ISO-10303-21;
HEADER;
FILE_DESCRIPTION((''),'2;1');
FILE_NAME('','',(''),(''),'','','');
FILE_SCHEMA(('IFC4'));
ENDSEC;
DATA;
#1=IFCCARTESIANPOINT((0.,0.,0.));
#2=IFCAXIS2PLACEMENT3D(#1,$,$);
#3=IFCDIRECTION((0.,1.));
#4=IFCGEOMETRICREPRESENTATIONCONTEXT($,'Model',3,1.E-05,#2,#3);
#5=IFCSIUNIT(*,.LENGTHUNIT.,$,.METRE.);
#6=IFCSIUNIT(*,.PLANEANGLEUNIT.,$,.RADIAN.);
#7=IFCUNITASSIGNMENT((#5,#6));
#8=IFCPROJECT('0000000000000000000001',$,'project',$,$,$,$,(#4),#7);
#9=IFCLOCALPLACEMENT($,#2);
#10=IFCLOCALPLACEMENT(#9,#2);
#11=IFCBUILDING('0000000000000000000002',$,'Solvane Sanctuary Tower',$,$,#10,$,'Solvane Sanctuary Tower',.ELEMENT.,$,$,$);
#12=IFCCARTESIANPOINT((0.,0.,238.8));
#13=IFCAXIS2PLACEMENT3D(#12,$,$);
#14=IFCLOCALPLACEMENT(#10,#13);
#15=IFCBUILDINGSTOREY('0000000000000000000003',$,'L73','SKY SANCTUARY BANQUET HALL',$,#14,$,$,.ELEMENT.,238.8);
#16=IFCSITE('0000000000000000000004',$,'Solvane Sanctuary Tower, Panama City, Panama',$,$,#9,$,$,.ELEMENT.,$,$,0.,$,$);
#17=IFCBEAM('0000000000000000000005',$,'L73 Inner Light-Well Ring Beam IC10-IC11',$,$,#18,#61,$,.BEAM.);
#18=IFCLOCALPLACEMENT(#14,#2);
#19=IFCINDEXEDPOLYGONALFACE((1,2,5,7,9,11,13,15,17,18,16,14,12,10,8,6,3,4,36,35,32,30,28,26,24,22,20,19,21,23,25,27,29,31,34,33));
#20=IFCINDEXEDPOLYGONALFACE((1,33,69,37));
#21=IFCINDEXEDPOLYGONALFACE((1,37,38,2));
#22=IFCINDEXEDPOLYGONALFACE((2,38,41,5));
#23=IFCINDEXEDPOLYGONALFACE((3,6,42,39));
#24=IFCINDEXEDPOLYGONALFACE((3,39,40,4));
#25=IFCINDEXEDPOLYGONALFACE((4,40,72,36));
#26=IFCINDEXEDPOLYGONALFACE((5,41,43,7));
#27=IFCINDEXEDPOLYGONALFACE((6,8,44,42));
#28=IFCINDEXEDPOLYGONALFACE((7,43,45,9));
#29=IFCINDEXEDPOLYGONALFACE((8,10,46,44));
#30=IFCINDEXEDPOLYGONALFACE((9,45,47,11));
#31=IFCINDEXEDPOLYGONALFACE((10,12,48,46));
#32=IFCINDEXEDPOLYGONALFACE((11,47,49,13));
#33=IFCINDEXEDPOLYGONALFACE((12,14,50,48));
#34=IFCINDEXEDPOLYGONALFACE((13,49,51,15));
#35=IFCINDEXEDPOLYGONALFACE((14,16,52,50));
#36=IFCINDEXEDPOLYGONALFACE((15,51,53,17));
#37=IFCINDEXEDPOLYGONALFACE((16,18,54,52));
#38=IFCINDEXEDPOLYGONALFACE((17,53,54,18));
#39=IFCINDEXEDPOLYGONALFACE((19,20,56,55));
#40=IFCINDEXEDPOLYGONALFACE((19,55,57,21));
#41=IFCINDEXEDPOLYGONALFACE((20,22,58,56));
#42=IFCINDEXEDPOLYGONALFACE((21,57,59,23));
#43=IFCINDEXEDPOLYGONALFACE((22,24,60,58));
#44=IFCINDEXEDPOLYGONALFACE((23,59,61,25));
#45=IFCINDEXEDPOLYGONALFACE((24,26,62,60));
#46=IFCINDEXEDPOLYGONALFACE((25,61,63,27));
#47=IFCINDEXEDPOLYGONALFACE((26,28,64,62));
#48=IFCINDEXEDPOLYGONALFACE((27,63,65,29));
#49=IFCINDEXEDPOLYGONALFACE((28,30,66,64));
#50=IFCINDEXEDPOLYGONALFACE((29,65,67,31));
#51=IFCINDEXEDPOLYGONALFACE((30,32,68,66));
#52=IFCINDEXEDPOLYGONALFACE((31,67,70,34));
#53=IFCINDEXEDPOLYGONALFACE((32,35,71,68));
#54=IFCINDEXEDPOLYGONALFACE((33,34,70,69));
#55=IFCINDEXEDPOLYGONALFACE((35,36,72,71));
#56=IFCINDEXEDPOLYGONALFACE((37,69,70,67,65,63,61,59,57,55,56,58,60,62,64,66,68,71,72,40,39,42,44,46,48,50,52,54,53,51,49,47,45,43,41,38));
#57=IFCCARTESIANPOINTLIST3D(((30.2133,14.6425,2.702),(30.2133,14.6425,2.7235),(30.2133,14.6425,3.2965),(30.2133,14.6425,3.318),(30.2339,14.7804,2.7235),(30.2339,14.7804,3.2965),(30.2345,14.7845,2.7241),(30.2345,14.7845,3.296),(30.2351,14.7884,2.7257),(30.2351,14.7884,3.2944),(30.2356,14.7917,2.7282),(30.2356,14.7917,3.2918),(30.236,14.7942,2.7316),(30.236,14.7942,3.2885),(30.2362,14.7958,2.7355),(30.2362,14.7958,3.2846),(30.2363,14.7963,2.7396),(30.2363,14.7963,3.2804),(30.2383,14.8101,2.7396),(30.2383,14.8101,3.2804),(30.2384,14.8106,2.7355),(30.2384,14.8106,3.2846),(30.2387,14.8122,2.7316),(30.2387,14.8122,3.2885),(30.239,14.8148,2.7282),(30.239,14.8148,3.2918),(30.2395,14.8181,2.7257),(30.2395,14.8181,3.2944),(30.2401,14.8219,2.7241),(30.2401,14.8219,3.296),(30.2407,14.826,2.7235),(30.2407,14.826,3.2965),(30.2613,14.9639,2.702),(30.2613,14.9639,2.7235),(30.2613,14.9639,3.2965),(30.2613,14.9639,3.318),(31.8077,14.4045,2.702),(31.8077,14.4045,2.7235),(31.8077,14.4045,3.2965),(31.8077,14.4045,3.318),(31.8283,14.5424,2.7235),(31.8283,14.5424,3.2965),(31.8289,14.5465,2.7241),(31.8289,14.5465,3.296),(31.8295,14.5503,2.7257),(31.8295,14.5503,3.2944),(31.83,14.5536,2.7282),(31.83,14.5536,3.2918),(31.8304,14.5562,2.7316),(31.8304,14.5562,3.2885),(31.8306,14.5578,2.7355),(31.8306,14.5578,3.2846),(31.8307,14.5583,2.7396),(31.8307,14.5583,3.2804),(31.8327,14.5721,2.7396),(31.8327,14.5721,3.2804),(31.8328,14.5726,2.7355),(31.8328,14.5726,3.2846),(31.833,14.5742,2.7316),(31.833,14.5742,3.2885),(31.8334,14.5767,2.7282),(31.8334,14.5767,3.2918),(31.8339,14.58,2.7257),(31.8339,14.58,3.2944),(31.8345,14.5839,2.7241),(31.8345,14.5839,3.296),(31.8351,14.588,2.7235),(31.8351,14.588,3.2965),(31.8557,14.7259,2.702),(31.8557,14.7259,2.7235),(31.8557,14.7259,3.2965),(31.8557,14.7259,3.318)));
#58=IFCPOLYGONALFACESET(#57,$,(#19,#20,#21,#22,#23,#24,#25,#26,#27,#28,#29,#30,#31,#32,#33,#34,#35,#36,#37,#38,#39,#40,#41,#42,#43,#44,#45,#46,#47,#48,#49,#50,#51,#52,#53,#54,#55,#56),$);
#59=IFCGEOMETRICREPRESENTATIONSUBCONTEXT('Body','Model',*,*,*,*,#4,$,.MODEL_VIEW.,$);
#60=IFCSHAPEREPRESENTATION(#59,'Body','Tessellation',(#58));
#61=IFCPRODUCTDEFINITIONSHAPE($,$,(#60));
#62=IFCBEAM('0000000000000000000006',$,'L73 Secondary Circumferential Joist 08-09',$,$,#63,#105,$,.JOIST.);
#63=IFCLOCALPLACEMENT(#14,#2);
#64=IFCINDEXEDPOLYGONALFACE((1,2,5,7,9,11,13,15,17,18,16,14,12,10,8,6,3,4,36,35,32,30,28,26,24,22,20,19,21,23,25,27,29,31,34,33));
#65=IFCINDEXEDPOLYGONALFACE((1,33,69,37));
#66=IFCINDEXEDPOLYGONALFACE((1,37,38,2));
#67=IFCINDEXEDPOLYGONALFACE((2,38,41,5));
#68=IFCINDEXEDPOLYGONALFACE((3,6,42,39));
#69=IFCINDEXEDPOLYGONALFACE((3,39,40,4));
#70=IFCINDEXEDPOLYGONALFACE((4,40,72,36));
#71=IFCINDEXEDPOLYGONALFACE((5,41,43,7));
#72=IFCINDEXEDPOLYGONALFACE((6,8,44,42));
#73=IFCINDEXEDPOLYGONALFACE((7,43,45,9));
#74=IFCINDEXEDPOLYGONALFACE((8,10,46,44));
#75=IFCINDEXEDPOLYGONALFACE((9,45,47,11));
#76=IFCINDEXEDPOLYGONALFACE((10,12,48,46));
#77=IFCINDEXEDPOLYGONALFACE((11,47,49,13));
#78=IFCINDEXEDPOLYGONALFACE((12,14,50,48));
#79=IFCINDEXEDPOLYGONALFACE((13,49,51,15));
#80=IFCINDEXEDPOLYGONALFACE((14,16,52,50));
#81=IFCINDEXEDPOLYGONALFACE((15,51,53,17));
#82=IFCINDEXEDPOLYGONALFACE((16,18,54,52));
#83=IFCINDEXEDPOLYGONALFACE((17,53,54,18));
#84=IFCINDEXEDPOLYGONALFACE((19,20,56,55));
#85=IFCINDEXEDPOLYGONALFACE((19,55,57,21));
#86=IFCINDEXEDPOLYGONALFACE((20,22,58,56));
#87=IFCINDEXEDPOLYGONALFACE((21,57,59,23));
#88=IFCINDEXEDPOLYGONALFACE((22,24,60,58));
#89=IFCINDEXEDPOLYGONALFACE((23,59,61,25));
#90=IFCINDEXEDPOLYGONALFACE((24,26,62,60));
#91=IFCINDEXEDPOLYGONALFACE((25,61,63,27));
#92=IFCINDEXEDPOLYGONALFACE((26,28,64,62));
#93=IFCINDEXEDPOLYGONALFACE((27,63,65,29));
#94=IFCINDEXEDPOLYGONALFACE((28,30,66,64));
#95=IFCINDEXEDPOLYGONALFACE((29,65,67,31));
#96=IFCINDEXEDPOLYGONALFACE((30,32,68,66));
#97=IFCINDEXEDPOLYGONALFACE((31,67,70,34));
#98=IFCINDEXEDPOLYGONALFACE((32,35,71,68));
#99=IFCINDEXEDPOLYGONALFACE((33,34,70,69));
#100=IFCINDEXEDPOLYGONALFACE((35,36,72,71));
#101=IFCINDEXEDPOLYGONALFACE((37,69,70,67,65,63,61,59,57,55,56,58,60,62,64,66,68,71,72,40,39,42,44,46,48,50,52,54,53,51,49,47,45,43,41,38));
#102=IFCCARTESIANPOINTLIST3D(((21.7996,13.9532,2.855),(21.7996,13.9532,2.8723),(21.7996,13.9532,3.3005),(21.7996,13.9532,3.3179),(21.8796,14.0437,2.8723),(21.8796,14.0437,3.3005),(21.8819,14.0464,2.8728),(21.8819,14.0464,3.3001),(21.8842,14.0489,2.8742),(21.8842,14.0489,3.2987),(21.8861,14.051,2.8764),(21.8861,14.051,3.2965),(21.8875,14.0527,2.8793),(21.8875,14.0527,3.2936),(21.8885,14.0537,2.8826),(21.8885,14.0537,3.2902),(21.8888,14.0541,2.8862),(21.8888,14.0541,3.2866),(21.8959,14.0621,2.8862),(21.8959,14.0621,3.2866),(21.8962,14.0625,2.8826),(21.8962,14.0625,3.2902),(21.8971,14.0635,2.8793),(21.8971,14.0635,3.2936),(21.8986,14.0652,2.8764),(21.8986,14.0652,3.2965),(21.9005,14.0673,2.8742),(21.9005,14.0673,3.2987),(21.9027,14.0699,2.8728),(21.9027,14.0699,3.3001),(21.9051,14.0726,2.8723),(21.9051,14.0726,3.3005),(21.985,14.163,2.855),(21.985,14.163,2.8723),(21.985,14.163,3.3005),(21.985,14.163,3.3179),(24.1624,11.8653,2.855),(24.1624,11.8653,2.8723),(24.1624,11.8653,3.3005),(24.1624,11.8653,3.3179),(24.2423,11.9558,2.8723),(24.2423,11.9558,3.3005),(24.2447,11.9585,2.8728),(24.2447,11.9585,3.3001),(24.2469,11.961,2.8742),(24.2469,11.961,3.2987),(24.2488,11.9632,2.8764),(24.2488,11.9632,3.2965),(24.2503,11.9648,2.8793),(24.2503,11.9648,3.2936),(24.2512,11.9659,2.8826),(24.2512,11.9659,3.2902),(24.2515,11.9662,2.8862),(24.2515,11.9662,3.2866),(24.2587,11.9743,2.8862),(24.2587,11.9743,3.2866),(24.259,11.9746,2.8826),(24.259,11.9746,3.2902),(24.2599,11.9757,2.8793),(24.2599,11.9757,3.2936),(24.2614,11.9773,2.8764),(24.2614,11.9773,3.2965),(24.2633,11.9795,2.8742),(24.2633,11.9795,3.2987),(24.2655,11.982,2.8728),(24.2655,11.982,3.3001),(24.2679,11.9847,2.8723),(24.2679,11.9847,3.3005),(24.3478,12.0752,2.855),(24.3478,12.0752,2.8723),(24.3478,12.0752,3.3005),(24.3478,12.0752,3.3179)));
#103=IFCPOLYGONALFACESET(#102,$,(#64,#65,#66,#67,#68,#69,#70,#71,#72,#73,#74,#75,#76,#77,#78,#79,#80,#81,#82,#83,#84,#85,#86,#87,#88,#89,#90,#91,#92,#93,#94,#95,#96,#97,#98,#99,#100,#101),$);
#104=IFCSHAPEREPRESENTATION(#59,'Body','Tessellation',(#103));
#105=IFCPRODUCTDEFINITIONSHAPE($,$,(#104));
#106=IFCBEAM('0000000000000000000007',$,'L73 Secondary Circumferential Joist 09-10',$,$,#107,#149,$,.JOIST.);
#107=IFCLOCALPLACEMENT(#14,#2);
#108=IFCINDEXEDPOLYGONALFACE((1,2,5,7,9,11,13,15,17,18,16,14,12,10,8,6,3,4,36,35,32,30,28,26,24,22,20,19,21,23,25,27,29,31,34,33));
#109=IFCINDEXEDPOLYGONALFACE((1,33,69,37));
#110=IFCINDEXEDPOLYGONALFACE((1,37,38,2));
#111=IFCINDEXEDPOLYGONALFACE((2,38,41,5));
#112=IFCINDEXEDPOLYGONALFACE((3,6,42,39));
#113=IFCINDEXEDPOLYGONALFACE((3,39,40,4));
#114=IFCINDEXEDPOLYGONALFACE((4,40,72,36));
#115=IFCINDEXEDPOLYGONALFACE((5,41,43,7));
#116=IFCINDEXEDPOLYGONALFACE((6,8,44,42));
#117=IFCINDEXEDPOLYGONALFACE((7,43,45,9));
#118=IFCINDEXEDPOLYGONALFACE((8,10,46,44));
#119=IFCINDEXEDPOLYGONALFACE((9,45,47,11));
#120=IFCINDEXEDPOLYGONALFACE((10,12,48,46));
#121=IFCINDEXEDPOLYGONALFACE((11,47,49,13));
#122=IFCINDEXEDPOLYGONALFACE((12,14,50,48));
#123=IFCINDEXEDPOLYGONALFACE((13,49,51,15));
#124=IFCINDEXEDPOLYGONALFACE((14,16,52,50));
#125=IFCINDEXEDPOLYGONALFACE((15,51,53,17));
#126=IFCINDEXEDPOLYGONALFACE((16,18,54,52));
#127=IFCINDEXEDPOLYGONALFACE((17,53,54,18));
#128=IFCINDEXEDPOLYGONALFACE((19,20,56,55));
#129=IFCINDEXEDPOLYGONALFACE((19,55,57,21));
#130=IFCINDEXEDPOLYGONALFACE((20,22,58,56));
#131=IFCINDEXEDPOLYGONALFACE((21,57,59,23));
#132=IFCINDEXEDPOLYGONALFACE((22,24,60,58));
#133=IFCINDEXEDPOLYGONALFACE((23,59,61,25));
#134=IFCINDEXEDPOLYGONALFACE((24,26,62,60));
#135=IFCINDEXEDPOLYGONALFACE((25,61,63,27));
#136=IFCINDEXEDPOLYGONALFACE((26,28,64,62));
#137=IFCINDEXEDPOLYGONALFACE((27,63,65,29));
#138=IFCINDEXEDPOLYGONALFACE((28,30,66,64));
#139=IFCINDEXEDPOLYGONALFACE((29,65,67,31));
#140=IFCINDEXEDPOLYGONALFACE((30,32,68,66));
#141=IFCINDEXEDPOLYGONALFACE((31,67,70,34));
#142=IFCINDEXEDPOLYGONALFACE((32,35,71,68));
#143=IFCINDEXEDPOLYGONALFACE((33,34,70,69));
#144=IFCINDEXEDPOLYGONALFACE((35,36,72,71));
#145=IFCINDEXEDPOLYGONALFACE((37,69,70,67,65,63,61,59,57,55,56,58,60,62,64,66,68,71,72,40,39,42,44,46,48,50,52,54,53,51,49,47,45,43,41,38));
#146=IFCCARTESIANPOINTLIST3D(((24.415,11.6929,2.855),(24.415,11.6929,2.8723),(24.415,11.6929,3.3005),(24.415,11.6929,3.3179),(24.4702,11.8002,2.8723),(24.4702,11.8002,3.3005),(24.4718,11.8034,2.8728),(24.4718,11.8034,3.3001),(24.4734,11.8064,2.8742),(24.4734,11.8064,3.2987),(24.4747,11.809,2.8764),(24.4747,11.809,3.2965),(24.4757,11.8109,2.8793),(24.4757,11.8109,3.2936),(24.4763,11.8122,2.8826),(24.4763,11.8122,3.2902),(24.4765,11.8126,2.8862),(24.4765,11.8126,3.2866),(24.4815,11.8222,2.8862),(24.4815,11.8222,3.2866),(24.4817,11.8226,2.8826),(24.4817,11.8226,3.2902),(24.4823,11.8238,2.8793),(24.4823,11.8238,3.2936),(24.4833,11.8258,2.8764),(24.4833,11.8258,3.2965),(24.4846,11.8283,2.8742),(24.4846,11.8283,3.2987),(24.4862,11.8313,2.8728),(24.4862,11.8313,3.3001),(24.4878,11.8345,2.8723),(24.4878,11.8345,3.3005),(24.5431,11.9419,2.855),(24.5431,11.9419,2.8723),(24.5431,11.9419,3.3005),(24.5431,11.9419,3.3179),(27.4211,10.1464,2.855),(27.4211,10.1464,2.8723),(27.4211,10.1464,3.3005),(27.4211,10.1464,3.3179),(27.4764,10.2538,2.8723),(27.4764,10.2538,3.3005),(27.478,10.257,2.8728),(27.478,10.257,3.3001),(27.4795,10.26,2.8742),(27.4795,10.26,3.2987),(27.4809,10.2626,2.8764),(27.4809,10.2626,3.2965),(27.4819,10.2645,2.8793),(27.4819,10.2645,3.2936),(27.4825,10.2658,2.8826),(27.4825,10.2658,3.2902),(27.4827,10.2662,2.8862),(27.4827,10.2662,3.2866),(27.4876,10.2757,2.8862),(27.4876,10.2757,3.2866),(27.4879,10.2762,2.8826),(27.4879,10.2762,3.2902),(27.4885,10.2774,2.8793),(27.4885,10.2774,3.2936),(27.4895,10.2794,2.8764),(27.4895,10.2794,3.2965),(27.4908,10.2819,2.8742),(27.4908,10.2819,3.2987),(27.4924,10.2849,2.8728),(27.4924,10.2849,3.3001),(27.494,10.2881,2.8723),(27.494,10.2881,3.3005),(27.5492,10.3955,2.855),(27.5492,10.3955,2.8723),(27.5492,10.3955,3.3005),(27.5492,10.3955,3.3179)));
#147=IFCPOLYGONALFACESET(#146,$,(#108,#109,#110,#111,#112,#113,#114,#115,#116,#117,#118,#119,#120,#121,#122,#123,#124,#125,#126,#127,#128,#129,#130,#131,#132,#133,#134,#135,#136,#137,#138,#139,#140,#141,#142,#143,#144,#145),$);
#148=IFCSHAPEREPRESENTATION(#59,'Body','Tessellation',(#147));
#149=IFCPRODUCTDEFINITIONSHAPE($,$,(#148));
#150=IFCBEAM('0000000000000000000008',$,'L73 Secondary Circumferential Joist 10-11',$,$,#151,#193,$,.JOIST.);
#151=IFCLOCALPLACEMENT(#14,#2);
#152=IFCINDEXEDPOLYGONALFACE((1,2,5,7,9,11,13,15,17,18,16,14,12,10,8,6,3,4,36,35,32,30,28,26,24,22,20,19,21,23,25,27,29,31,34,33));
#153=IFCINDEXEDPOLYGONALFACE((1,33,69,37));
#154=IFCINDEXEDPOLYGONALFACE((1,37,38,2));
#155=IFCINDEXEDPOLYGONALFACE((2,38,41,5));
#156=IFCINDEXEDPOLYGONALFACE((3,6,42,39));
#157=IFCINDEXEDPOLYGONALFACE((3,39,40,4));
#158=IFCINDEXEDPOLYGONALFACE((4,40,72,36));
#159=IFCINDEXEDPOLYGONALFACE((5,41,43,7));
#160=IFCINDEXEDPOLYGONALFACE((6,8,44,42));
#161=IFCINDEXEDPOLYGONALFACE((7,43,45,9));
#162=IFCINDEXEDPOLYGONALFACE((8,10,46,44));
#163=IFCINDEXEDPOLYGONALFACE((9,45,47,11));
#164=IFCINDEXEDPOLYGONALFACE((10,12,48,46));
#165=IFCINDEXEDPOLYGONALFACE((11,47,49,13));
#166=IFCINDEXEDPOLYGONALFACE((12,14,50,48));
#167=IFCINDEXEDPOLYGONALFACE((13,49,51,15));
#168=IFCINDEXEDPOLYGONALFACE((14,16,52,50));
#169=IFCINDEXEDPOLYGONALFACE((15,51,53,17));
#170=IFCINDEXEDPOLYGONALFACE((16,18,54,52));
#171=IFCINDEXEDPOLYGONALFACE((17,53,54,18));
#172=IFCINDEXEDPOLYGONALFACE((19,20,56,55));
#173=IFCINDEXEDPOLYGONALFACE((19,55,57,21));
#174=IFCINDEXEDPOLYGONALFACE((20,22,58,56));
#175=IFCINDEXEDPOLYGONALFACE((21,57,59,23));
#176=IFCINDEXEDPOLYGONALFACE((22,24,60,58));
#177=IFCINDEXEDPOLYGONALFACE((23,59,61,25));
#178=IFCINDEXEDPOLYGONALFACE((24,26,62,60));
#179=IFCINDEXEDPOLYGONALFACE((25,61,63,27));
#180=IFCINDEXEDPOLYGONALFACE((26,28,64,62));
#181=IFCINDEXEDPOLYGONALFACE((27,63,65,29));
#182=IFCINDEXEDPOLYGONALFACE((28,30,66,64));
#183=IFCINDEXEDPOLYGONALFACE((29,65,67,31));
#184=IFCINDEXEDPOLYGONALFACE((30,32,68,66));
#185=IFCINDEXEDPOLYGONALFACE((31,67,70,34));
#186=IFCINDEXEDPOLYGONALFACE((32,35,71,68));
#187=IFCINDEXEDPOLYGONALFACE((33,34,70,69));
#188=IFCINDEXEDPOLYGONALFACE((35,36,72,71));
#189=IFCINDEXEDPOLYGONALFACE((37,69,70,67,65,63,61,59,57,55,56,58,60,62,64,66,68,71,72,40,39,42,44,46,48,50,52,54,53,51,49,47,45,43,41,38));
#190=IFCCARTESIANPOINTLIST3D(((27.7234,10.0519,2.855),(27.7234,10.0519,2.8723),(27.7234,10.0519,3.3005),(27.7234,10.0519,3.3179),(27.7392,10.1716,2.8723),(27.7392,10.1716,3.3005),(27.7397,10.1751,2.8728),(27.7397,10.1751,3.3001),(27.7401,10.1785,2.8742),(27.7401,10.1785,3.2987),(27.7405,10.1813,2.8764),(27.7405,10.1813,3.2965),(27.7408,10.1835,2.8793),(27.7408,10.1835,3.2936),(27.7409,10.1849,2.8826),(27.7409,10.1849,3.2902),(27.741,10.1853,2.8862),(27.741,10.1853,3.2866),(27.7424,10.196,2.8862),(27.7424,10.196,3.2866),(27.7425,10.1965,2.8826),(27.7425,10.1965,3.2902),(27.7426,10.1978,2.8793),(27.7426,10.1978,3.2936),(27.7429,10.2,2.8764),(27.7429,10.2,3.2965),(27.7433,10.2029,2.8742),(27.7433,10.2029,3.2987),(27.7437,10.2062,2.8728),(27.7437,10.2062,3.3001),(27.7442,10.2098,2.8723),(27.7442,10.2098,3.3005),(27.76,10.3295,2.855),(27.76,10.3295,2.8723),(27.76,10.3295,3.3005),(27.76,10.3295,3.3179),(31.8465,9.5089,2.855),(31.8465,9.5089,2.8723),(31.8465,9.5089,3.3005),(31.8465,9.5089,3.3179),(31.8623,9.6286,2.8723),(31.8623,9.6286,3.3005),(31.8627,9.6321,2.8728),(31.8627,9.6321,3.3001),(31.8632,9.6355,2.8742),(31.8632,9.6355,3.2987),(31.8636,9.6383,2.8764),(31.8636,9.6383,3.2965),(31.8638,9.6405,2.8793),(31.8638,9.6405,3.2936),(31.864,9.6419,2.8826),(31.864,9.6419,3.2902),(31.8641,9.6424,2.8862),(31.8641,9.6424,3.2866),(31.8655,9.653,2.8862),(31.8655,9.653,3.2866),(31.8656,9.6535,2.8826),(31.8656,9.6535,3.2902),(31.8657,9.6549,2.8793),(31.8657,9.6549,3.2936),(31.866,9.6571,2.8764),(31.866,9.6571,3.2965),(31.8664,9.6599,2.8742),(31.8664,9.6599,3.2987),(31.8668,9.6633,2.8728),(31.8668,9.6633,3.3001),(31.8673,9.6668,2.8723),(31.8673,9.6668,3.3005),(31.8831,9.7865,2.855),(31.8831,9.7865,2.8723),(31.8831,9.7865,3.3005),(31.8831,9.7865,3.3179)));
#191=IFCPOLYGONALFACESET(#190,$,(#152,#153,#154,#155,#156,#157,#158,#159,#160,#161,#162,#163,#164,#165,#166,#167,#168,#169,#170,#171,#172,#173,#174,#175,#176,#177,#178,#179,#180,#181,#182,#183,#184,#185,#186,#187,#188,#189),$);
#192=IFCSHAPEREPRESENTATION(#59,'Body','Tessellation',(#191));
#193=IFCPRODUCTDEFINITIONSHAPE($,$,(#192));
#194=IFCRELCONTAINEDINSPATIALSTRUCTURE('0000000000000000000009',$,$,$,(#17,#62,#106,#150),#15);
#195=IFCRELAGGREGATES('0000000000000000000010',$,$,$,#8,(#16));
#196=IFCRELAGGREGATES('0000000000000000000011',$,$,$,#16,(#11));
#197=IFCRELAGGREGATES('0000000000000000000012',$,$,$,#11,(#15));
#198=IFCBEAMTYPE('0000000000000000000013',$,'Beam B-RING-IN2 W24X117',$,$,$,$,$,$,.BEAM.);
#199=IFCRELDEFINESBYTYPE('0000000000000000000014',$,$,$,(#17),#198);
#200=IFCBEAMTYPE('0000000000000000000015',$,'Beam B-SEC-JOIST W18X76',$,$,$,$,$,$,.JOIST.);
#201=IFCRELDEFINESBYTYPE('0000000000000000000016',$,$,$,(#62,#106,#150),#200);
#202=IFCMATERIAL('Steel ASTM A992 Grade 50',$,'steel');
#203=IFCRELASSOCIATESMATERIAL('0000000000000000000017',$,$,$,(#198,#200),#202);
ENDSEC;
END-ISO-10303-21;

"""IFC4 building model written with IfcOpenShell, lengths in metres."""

from ifc_helpers import new_model, si_unit, direction, frame, origin, origin_2d, place, context, subcontext, project, spatial, i_section, extrude, material, material_profile, profile_set, type_object, element, save


model = new_model("IFC4")

# Units and contexts
model_context = context("Model", 3, precision=1e-05, world=origin(), true_north=direction((0.0, 1.0)))
body_context = subcontext(model_context, "Body", "Model", "MODEL_VIEW")
ifc_project = project(units=[si_unit("LENGTHUNIT", "METRE"), si_unit("PLANEANGLEUNIT", "RADIAN")], contexts=[model_context])

# Site, building, storey
site_placement = place(None, origin())
site = spatial("IfcSite", under=ifc_project, at=site_placement, Name="Solvane Sanctuary Tower, Panama City, Panama", CompositionType="ELEMENT", RefElevation=0.0)
building_placement = place(site_placement, origin())
building = spatial("IfcBuilding", under=site, at=building_placement, Name="Solvane Sanctuary Tower", LongName="Solvane Sanctuary Tower", CompositionType="ELEMENT")
storey_placement = place(building_placement, frame((0.0, 0.0, 238.8)))
storey = spatial("IfcBuildingStorey", under=building, at=storey_placement, Name="L73", Description="SKY SANCTUARY BANQUET HALL", CompositionType="ELEMENT", Elevation=238.8)

# Beams
ifc_material_1 = material(Name="Steel ASTM A992 Grade 50", Category="steel")
ifc_material_profile_1 = material_profile(ifc_material_1, i_section(OverallWidth=0.325, OverallDepth=0.616, WebThickness=0.0139, FlangeThickness=0.0215, FilletRadius=0.0161, at=origin_2d()), Name="W24X117")
ifc_profile_set_1 = profile_set([ifc_material_profile_1], Name="Steel ASTM A992 Grade 50")
beam_type_1 = type_object("IfcBeamType", Name="Beam B-RING-IN2 W24X117", PredefinedType="BEAM", material=ifc_profile_set_1)
beam_1_placement = place(storey_placement, frame((30.2373, 14.8032, 3.01), z_axis=(0.989039, -0.147652, 0.0), x_axis=(0.147652, 0.989039, 0.0)))
element("IfcBeam", 1, at=beam_1_placement, inside=storey, type_object=beam_type_1, Name="L73 Inner Light-Well Ring Beam IC10-IC11", PredefinedType="BEAM", context=body_context, shape_type="SweptSolid", body=[
    extrude(i_section(OverallWidth=0.325, OverallDepth=0.616, WebThickness=0.0139, FlangeThickness=0.0215, FilletRadius=0.0161, at=origin_2d()), origin(), (0.0, 0.0, 1.0), 1.6121),
])
ifc_material_profile_2 = material_profile(ifc_material_1, i_section(OverallWidth=0.28, OverallDepth=0.4629, WebThickness=0.0107, FlangeThickness=0.0173, FilletRadius=0.0139, at=origin_2d()), Name="W18X76")
ifc_profile_set_2 = profile_set([ifc_material_profile_2], Name="Steel ASTM A992 Grade 50")
beam_type_2 = type_object("IfcBeamType", Name="Beam B-SEC-JOIST W18X76", PredefinedType="JOIST", material=ifc_profile_set_2)
beam_2_placement = place(storey_placement, frame((21.8923, 14.0581, 3.0864), z_axis=(0.749354, -0.662169, 0.0), x_axis=(0.662169, 0.749354, 0.0)))
element("IfcBeam", 2, at=beam_2_placement, inside=storey, type_object=beam_type_2, Name="L73 Secondary Circumferential Joist 08-09", PredefinedType="JOIST", context=body_context, shape_type="SweptSolid", body=[
    extrude(i_section(OverallWidth=0.28, OverallDepth=0.4629, WebThickness=0.0107, FlangeThickness=0.0173, FilletRadius=0.0139, at=origin_2d()), origin(), (0.0, 0.0, 1.0), 3.1531),
])
beam_3_placement = place(storey_placement, frame((24.479, 11.8174, 3.0864), z_axis=(0.889241, -0.457439, 0.0), x_axis=(0.457439, 0.889241, 0.0)))
element("IfcBeam", 3, at=beam_3_placement, inside=storey, type_object=beam_type_2, Name="L73 Secondary Circumferential Joist 09-10", PredefinedType="JOIST", context=body_context, shape_type="SweptSolid", body=[
    extrude(i_section(OverallWidth=0.28, OverallDepth=0.4629, WebThickness=0.0107, FlangeThickness=0.0173, FilletRadius=0.0139, at=origin_2d()), origin(), (0.0, 0.0, 1.0), 3.3806),
])
beam_4_placement = place(storey_placement, frame((27.7417, 10.1907, 3.0864), z_axis=(0.99144, -0.130564, 0.0), x_axis=(0.130564, 0.99144, 0.0)))
element("IfcBeam", 4, at=beam_4_placement, inside=storey, type_object=beam_type_2, Name="L73 Secondary Circumferential Joist 10-11", PredefinedType="JOIST", context=body_context, shape_type="SweptSolid", body=[
    extrude(i_section(OverallWidth=0.28, OverallDepth=0.4629, WebThickness=0.0107, FlangeThickness=0.0173, FilletRadius=0.0139, at=origin_2d()), origin(), (0.0, 0.0, 1.0), 4.1587),
])

save(model, "model.ifc")
